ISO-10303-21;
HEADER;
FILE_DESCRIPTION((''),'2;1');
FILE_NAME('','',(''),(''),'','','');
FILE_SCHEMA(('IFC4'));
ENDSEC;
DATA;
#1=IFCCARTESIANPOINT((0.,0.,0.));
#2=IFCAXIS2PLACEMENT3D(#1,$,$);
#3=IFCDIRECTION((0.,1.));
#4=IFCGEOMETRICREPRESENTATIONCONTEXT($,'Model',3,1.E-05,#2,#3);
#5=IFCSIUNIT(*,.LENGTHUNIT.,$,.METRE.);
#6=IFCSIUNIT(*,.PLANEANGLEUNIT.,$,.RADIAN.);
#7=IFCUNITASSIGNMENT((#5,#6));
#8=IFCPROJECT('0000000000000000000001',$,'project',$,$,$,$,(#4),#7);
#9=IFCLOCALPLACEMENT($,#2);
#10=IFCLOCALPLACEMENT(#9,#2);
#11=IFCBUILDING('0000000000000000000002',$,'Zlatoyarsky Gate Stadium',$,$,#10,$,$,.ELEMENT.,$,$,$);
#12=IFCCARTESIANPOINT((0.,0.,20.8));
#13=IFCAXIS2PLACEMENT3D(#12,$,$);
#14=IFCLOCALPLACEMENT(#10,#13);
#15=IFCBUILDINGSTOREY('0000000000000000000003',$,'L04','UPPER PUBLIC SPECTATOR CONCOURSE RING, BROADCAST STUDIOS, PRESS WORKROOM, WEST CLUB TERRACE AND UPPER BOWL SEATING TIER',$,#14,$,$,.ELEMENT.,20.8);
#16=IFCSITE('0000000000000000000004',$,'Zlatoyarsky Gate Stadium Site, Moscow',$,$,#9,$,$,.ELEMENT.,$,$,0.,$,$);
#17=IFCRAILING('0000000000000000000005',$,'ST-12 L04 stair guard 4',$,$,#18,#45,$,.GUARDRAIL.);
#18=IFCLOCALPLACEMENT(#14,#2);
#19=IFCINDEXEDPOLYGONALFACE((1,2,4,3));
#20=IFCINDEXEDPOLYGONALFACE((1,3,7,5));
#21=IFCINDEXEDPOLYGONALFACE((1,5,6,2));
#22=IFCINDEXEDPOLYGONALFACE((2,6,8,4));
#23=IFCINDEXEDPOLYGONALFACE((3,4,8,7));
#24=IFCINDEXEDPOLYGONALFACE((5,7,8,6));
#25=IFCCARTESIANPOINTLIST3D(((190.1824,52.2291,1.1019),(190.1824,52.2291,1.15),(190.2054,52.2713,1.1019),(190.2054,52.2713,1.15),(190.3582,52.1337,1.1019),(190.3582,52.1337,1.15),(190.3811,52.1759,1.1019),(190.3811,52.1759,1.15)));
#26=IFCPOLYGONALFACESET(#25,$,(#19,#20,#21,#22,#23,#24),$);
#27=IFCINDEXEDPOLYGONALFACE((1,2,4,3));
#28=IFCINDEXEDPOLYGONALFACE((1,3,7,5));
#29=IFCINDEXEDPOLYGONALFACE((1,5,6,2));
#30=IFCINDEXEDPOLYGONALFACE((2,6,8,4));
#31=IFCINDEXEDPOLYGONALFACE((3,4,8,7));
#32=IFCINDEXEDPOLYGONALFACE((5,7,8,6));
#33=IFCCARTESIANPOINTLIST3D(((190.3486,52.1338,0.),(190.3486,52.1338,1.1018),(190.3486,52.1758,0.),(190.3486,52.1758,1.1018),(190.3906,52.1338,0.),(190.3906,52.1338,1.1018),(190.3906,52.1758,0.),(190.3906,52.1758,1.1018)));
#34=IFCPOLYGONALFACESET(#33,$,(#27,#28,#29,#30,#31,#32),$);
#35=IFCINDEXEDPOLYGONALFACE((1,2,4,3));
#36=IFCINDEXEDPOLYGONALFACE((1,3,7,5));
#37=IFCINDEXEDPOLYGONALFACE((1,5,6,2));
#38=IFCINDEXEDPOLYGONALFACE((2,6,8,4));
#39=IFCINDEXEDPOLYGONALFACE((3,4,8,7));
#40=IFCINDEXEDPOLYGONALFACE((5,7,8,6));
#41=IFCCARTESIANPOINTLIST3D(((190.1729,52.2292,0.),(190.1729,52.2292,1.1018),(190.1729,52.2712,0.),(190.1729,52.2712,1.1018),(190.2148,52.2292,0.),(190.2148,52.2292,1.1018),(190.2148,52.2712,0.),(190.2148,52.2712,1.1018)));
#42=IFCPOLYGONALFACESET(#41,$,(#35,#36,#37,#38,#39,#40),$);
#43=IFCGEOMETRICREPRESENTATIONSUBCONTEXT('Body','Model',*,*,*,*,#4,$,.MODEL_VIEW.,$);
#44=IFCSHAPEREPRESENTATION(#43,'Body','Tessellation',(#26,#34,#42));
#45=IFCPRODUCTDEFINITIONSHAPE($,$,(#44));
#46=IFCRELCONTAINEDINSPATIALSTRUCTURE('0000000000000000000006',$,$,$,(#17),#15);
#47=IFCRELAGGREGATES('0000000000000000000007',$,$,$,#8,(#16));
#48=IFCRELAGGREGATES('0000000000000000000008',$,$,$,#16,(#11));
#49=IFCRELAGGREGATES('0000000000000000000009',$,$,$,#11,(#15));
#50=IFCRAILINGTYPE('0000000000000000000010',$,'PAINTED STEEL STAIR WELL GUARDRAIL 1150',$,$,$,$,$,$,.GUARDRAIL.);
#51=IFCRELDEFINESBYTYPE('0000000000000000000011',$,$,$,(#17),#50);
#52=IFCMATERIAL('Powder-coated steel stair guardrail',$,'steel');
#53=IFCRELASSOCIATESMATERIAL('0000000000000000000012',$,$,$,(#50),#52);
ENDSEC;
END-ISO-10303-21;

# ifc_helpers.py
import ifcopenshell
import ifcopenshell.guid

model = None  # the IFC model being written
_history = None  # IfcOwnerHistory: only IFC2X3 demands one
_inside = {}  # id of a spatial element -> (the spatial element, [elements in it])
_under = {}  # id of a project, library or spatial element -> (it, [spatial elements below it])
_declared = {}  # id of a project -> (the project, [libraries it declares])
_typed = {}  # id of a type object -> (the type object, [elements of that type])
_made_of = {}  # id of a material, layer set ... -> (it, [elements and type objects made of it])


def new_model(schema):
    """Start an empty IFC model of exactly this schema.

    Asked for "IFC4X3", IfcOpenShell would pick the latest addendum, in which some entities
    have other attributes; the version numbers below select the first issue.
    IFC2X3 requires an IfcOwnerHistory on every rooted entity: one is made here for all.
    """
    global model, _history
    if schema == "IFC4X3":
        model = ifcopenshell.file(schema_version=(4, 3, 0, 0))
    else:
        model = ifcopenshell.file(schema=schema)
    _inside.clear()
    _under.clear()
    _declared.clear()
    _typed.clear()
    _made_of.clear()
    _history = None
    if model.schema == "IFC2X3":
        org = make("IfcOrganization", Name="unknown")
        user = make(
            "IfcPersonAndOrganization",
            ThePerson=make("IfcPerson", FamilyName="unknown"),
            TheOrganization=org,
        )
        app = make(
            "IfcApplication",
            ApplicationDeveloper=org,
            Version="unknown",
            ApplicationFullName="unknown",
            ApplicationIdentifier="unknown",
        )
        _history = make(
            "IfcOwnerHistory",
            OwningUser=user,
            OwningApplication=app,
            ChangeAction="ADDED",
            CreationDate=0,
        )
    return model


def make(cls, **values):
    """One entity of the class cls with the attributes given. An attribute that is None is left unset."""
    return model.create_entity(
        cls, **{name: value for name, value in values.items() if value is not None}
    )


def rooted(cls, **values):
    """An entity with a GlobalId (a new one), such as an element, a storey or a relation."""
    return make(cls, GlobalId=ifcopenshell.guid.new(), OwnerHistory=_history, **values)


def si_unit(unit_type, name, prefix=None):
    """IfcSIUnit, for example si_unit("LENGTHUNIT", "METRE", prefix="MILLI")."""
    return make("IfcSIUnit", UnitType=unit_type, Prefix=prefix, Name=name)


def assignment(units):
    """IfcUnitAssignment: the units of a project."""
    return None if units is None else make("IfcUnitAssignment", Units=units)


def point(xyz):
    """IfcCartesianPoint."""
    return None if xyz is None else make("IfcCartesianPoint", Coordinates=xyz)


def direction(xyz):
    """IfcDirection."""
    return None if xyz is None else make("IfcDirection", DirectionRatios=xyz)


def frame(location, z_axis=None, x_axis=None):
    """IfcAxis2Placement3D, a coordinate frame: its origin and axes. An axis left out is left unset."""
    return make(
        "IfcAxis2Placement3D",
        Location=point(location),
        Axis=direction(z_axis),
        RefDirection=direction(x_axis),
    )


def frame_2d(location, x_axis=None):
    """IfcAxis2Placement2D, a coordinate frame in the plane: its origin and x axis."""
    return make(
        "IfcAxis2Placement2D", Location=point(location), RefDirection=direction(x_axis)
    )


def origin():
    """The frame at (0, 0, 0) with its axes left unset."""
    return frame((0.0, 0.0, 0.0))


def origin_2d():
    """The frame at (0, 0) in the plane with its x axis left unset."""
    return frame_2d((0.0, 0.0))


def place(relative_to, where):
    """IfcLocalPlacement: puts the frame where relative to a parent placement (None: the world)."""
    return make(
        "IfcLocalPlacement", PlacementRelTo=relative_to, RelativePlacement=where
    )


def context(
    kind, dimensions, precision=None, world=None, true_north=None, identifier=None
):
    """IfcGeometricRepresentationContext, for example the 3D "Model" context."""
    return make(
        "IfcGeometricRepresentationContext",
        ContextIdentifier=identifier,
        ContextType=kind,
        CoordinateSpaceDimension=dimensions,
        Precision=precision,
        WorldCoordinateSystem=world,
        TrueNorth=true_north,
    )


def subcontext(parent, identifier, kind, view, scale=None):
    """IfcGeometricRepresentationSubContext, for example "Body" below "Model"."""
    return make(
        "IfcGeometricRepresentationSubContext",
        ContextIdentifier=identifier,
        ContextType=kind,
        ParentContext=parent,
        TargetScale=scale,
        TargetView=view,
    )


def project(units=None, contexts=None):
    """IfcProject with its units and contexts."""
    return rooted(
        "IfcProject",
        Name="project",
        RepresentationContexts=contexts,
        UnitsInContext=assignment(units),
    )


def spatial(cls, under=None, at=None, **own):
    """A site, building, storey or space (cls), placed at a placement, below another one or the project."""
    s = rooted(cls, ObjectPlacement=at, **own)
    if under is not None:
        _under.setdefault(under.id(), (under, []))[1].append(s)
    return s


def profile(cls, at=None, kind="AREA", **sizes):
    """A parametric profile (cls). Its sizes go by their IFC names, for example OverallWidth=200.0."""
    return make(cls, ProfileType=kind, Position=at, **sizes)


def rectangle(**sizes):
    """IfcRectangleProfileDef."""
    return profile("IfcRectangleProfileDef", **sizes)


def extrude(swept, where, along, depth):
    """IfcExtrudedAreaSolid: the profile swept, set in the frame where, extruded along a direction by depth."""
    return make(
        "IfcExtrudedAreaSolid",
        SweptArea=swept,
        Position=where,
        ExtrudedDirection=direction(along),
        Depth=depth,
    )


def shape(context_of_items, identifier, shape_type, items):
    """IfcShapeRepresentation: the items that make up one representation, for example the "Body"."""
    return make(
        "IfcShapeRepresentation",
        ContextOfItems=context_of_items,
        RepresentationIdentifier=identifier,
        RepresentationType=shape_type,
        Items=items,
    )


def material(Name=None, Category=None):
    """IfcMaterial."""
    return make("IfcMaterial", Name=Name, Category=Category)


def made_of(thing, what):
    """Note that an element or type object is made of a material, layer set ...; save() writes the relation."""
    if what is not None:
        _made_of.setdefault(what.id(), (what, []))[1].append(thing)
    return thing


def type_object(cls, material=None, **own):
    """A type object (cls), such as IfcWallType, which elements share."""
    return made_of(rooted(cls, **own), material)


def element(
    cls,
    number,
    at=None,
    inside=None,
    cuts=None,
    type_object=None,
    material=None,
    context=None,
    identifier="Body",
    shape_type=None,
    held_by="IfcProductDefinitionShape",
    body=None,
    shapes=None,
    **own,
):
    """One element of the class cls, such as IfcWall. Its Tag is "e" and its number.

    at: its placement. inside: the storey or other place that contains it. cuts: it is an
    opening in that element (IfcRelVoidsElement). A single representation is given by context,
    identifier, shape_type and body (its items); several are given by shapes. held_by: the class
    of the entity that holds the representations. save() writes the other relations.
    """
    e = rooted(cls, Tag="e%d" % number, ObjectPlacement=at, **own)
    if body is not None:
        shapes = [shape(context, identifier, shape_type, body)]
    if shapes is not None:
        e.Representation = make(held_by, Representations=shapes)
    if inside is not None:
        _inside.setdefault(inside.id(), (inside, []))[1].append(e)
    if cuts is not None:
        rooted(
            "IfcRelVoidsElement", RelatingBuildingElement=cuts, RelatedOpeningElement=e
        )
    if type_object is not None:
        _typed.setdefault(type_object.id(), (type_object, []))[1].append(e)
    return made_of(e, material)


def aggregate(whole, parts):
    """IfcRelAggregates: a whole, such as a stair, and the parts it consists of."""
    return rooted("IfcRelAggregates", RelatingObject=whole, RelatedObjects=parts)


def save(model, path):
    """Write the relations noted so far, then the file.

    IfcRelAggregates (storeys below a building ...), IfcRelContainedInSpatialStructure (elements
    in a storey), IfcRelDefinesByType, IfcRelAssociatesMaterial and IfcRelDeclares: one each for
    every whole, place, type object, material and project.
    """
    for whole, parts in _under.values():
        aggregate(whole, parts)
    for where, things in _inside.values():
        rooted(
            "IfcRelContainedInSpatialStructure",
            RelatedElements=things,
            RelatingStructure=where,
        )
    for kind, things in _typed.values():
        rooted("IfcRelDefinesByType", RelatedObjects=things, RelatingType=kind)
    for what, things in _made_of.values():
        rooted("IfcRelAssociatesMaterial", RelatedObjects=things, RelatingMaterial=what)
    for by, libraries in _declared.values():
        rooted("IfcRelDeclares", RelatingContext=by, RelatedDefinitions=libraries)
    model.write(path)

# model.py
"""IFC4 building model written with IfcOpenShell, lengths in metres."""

from ifc_helpers import new_model, si_unit, direction, frame, origin, origin_2d, place, context, subcontext, project, spatial, rectangle, extrude, material, type_object, element, save


model = new_model("IFC4")

# Units and contexts
model_context = context("Model", 3, precision=1e-05, world=origin(), true_north=direction((0.0, 1.0)))
body_context = subcontext(model_context, "Body", "Model", "MODEL_VIEW")
ifc_project = project(units=[si_unit("LENGTHUNIT", "METRE"), si_unit("PLANEANGLEUNIT", "RADIAN")], contexts=[model_context])

# Site, building, storey
site_placement = place(None, origin())
site = spatial("IfcSite", under=ifc_project, at=site_placement, Name="Zlatoyarsky Gate Stadium Site, Moscow", CompositionType="ELEMENT", RefElevation=0.0)
building_placement = place(site_placement, origin())
building = spatial("IfcBuilding", under=site, at=building_placement, Name="Zlatoyarsky Gate Stadium", CompositionType="ELEMENT")
storey_placement = place(building_placement, frame((0.0, 0.0, 20.8)))
storey = spatial("IfcBuildingStorey", under=building, at=storey_placement, Name="L04", Description="UPPER PUBLIC SPECTATOR CONCOURSE RING, BROADCAST STUDIOS, PRESS WORKROOM, WEST CLUB TERRACE AND UPPER BOWL SEATING TIER", CompositionType="ELEMENT", Elevation=20.8)

# Railing
ifc_material_1 = material(Name="Powder-coated steel stair guardrail", Category="steel")
railing_type = type_object("IfcRailingType", Name="PAINTED STEEL STAIR WELL GUARDRAIL 1150", PredefinedType="GUARDRAIL", material=ifc_material_1)
for number, where, name in (
    (1, (190.3696, 52.1548, 0.0), "ST-12 L04 stair guard 4"),
):
    element("IfcRailing", number, at=place(storey_placement, frame(where)), inside=storey, type_object=railing_type, Name=name, PredefinedType="GUARDRAIL", context=body_context, shape_type="SweptSolid", body=[
        extrude(rectangle(XDim=0.0481, YDim=0.0481, at=origin_2d()), frame((0.0, 0.0, 1.126), z_axis=(-0.87878, 0.477227, 0.0), x_axis=(-0.477227, -0.87878, 0.0)), (0.0, 0.0, 1.0), 0.2),
        extrude(rectangle(XDim=0.042, YDim=0.042, at=origin_2d()), origin(), (0.0, 0.0, 1.0), 1.1018),
        extrude(rectangle(XDim=0.042, YDim=0.042, at=origin_2d()), frame((-0.1758, 0.0955, 0.0)), (0.0, 0.0, 1.0), 1.1018),
    ])

save(model, "model.ifc")
